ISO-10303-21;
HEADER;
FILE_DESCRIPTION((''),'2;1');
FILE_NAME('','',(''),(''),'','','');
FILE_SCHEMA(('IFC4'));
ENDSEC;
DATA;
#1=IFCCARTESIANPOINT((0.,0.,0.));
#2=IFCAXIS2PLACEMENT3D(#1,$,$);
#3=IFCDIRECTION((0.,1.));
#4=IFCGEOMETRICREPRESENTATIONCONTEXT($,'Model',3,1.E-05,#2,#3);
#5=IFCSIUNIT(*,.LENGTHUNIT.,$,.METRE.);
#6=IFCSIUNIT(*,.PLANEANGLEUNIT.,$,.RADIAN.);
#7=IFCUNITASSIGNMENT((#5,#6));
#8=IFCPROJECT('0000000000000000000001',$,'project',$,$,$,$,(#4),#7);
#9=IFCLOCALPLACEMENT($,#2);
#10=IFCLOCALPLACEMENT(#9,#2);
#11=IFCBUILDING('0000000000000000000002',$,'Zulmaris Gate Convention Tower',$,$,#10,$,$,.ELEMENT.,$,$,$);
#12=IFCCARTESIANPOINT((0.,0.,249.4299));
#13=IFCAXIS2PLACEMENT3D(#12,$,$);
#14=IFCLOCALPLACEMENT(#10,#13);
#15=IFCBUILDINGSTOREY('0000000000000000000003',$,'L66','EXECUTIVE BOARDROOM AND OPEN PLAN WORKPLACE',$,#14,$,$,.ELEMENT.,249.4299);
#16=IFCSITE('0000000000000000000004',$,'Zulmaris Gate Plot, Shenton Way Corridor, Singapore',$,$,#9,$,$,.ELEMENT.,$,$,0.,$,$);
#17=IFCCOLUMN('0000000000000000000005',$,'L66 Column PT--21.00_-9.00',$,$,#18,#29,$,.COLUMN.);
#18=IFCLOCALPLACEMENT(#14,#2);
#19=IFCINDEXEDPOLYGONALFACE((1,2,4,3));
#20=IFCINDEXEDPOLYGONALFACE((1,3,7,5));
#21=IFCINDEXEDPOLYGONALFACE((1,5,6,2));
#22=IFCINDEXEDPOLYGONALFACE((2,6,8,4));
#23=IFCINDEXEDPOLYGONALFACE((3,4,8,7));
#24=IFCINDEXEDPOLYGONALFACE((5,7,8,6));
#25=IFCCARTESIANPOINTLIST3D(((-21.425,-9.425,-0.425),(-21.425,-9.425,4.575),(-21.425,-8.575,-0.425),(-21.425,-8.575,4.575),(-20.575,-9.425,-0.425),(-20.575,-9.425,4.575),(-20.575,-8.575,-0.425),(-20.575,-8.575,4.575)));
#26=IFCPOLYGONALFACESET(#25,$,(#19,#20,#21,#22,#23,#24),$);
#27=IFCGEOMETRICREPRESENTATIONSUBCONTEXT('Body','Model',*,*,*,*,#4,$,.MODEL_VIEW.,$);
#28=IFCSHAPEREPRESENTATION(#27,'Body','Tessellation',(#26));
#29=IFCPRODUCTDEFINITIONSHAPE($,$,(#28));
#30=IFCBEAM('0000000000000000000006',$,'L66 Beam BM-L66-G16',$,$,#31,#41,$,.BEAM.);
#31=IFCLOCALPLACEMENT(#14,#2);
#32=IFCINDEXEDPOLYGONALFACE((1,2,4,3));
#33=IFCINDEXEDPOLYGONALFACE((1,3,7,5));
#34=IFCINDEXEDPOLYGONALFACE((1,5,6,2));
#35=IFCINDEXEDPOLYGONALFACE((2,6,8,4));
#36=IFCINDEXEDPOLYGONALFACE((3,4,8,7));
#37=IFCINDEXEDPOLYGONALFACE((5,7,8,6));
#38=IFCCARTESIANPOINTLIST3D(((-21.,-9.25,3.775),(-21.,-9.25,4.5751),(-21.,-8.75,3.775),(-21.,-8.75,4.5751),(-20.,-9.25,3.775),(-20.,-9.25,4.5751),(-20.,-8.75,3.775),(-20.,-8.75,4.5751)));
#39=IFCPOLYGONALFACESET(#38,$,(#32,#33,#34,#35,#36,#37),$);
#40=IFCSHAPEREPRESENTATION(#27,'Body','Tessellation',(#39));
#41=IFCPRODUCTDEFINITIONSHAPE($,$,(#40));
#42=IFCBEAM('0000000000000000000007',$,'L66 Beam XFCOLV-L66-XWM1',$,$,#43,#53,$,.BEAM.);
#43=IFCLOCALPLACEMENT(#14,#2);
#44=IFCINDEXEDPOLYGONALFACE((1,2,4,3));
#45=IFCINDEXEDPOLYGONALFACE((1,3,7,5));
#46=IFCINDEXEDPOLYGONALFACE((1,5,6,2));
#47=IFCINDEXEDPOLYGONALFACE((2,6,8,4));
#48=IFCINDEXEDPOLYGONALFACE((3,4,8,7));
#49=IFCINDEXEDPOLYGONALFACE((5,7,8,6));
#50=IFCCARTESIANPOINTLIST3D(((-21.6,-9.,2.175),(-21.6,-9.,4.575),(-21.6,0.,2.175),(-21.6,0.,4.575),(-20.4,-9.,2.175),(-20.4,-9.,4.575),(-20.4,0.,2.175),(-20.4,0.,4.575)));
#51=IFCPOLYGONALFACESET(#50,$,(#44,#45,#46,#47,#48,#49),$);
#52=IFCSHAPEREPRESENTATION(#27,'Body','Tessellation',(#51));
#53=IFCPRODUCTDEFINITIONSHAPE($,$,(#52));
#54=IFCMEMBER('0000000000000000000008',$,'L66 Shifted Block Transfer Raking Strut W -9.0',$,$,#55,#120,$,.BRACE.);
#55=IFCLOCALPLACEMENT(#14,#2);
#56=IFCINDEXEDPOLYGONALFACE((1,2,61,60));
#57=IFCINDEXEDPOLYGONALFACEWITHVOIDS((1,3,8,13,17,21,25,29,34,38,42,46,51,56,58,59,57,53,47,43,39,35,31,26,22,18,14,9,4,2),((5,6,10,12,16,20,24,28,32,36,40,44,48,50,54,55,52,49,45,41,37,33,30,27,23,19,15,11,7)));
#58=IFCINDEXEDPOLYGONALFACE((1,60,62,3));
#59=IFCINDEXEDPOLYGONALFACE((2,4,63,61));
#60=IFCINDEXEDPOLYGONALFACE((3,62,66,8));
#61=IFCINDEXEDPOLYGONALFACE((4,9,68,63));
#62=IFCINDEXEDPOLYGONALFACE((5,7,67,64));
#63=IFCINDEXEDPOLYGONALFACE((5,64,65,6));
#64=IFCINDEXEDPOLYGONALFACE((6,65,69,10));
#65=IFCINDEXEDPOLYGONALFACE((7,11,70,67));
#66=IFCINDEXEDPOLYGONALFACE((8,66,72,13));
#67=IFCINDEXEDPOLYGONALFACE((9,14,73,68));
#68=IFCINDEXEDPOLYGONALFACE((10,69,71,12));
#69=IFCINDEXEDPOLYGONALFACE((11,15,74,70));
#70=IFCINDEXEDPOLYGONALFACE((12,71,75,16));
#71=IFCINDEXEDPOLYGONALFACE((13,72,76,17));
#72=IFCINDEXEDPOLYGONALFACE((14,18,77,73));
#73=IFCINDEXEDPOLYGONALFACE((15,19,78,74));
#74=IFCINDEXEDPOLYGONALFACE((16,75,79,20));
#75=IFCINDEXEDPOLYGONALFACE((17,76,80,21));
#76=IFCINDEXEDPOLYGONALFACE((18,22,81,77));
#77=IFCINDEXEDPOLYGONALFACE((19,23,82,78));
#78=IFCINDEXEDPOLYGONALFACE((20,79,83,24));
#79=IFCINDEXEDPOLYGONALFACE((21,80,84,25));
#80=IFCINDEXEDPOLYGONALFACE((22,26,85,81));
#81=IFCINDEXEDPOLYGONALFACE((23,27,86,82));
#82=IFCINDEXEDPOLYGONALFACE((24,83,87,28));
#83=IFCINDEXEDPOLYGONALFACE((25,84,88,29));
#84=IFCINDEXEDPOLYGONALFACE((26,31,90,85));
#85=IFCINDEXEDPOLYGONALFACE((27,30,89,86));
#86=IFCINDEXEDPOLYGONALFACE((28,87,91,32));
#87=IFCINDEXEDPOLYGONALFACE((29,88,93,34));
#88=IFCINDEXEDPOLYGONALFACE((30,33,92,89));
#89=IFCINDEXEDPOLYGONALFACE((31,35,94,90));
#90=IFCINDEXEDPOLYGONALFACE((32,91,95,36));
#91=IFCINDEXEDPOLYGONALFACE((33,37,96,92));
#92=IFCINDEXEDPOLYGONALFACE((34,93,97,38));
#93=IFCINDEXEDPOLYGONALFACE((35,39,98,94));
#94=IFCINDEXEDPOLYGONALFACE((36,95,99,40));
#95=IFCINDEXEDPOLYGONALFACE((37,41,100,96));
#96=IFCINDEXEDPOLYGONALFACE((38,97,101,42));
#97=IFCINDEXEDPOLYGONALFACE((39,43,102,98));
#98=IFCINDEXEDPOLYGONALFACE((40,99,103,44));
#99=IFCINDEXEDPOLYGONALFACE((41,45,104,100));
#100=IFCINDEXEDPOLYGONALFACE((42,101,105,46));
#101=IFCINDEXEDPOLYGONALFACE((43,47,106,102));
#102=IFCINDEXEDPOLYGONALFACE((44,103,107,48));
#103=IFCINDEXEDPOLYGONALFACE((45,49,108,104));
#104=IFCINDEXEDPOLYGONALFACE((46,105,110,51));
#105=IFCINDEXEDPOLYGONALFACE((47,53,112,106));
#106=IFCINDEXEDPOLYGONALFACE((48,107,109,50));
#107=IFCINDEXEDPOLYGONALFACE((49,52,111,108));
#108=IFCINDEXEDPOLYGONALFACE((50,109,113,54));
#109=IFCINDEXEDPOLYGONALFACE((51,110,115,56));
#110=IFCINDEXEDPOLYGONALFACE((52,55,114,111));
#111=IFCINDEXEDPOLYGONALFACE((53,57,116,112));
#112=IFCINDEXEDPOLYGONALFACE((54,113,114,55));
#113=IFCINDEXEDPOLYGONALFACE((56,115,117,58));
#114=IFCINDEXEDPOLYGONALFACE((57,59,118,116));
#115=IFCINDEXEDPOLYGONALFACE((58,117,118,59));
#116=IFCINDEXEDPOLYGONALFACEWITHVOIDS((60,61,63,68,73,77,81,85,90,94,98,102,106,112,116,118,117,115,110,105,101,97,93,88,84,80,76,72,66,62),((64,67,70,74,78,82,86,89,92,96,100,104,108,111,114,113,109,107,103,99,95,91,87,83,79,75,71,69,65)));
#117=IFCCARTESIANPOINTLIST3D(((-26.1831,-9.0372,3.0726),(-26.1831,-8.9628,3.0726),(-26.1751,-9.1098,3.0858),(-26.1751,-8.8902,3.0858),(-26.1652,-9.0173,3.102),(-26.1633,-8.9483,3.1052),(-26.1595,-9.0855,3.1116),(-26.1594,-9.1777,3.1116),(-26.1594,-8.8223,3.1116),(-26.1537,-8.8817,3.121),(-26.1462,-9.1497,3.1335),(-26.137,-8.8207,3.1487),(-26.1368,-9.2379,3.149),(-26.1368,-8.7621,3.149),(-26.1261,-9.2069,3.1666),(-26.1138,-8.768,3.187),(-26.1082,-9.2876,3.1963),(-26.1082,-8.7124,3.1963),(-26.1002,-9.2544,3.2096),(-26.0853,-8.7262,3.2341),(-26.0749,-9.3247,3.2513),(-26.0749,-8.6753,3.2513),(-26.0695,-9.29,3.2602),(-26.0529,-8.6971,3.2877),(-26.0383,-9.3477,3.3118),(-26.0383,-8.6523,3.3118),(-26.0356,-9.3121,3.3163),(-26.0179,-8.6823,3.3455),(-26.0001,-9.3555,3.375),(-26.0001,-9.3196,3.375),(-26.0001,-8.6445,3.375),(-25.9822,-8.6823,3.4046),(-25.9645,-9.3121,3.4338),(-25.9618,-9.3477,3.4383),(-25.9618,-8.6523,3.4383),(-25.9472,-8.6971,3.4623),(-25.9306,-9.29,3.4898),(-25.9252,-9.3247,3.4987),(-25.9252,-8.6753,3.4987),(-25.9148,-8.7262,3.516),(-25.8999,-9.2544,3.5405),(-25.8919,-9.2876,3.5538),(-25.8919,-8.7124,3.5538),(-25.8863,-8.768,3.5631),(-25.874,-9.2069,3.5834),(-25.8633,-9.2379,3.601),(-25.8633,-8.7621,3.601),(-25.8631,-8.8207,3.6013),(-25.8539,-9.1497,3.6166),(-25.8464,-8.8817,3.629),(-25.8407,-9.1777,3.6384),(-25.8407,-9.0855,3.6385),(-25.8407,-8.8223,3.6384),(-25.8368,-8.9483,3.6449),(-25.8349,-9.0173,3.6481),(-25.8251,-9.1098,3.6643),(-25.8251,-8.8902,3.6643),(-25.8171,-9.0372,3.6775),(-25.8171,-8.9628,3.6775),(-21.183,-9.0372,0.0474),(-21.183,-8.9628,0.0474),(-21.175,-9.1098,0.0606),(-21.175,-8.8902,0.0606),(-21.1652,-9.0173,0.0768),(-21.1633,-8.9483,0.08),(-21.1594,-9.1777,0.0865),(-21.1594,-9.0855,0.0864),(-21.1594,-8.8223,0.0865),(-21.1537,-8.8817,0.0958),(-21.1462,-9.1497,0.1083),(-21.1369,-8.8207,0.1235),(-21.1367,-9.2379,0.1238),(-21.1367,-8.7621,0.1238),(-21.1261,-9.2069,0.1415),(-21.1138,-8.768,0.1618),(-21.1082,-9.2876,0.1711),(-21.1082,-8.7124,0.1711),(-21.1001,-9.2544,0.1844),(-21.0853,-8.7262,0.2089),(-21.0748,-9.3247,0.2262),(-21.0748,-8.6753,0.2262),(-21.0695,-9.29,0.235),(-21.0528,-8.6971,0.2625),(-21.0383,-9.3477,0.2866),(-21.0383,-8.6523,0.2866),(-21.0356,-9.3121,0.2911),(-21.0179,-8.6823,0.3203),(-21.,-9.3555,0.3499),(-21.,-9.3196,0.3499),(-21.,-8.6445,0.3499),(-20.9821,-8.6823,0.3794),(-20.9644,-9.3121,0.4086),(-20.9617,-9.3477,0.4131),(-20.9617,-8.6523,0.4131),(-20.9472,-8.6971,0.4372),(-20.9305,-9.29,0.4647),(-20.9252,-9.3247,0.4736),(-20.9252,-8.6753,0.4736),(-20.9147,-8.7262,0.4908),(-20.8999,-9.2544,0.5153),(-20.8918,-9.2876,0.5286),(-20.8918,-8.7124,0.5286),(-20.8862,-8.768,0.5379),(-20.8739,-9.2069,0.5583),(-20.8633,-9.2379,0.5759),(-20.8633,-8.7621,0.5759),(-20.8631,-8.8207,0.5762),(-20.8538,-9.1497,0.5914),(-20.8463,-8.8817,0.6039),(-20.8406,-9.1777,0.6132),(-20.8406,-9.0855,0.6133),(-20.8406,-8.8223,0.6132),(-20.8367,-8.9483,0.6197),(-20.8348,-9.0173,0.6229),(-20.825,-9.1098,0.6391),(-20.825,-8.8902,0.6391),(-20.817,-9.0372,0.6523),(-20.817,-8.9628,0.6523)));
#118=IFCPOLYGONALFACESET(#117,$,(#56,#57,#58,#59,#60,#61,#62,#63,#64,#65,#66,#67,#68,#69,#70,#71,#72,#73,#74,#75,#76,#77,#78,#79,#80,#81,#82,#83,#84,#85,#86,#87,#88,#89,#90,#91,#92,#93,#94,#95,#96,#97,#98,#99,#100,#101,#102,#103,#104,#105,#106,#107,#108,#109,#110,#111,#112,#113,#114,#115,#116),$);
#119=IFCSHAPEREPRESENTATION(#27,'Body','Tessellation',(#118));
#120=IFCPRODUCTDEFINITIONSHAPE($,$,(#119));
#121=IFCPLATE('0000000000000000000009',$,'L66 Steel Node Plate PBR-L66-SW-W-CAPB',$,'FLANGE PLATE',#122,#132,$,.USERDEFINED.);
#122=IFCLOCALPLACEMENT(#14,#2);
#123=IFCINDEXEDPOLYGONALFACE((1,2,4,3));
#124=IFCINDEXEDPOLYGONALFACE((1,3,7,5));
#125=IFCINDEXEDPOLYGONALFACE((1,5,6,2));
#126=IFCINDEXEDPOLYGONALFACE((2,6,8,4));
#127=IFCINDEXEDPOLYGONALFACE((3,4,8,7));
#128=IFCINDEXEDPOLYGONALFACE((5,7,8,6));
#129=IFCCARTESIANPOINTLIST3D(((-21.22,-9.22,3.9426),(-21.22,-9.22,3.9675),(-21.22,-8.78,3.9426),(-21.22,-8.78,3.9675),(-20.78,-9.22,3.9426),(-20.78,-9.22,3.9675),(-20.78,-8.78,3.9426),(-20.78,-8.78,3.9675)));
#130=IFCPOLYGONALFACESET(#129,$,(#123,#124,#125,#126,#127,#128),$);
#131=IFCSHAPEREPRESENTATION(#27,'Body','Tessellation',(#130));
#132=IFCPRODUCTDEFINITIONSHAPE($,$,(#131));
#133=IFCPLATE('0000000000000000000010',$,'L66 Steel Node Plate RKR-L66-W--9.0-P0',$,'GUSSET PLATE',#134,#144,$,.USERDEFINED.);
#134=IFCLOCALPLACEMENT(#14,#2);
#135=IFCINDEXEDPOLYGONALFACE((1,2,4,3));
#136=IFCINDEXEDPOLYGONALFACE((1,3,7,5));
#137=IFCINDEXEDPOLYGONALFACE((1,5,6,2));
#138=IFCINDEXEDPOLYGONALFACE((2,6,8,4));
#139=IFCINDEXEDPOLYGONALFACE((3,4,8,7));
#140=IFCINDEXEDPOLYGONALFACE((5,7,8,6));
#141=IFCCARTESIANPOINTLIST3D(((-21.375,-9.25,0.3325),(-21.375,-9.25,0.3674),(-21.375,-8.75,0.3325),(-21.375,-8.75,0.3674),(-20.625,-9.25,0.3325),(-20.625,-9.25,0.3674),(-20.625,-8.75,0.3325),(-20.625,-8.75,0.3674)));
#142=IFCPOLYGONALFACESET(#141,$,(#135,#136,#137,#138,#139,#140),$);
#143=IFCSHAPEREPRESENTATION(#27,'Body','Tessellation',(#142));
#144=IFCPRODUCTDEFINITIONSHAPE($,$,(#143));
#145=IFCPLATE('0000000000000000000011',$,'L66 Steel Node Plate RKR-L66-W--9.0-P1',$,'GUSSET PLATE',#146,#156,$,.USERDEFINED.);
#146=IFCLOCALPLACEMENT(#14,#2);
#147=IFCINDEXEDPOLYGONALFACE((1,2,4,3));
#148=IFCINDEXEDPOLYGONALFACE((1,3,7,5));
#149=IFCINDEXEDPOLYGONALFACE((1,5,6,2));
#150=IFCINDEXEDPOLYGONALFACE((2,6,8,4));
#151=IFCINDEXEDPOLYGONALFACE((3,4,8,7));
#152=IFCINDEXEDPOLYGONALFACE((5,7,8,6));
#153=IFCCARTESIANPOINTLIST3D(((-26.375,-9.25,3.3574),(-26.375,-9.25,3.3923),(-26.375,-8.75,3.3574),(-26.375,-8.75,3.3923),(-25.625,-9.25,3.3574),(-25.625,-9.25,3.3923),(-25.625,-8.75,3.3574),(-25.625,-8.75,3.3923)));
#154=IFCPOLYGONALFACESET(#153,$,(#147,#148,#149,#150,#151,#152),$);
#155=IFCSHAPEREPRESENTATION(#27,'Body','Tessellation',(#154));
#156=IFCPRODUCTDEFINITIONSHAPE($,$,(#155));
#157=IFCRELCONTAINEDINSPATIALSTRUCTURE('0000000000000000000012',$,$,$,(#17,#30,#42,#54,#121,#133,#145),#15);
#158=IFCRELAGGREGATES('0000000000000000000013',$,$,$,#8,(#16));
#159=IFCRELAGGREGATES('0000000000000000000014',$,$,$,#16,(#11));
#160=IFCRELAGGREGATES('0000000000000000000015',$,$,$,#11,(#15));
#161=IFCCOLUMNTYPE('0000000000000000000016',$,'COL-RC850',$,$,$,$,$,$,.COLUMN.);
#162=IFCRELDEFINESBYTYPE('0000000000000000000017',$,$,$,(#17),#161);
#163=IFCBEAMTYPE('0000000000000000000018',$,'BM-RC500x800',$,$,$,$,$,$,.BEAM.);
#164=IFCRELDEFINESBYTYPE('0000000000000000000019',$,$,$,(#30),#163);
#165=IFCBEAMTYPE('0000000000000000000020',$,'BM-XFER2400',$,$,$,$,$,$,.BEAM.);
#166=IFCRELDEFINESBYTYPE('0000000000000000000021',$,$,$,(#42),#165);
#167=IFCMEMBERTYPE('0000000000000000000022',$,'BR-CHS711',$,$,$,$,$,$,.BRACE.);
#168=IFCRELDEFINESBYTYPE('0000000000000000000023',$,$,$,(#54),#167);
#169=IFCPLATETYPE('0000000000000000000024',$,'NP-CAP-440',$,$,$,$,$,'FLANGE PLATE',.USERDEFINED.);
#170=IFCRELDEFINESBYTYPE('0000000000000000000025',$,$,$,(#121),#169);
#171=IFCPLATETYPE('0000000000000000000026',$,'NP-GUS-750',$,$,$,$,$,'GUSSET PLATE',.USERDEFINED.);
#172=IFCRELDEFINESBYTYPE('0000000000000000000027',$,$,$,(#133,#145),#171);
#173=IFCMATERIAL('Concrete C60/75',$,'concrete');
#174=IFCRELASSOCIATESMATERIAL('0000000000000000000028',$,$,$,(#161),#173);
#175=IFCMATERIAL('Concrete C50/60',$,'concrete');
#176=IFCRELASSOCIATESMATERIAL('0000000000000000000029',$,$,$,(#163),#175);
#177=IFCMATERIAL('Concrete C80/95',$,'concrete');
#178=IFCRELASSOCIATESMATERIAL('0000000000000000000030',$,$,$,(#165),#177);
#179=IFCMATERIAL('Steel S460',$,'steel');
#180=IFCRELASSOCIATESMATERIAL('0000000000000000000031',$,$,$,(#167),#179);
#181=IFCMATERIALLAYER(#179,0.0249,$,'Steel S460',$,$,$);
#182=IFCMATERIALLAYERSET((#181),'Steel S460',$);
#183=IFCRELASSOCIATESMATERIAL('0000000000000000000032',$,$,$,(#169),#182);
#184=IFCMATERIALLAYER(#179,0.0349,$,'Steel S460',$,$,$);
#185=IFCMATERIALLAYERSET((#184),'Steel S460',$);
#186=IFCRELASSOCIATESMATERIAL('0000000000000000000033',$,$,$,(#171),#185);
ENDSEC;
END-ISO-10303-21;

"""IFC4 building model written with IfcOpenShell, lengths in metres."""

from ifc_helpers import new_model, si_unit, direction, frame, origin, origin_2d, place, context, subcontext, project, spatial, rectangle, hollow_circle, extrude, material, layer, layer_set, material_profile, profile_set, type_object, element, save


model = new_model("IFC4")

# Units and contexts
model_context = context("Model", 3, precision=1e-05, world=origin(), true_north=direction((0.0, 1.0)))
body_context = subcontext(model_context, "Body", "Model", "MODEL_VIEW")
ifc_project = project(units=[si_unit("LENGTHUNIT", "METRE"), si_unit("PLANEANGLEUNIT", "RADIAN")], contexts=[model_context])

# Site, building, storey
site_placement = place(None, origin())
site = spatial("IfcSite", under=ifc_project, at=site_placement, Name="Zulmaris Gate Plot, Shenton Way Corridor, Singapore", CompositionType="ELEMENT", RefElevation=0.0)
building_placement = place(site_placement, origin())
building = spatial("IfcBuilding", under=site, at=building_placement, Name="Zulmaris Gate Convention Tower", CompositionType="ELEMENT")
storey_placement = place(building_placement, frame((0.0, 0.0, 249.4299)))
storey = spatial("IfcBuildingStorey", under=building, at=storey_placement, Name="L66", Description="EXECUTIVE BOARDROOM AND OPEN PLAN WORKPLACE", CompositionType="ELEMENT", Elevation=249.4299)

# Column
ifc_material_1 = material(Name="Concrete C60/75", Category="concrete")
ifc_material_profile_1 = material_profile(ifc_material_1, rectangle(XDim=0.8501, YDim=0.8501, at=origin_2d()), Name="RC COL 850x850")
ifc_profile_set_1 = profile_set([ifc_material_profile_1], Name="Concrete C60/75")
column_type = type_object("IfcColumnType", Name="COL-RC850", PredefinedType="COLUMN", material=ifc_profile_set_1)
column_placement = place(storey_placement, frame((-21.0, -9.0, -0.425), z_axis=(0.0, 0.0, 1.0), x_axis=(1.0, 0.0, 0.0)))
element("IfcColumn", 1, at=column_placement, inside=storey, type_object=column_type, Name="L66 Column PT--21.00_-9.00", PredefinedType="COLUMN", context=body_context, shape_type="SweptSolid", body=[
    extrude(rectangle(XDim=0.8501, YDim=0.8501, at=origin_2d()), origin(), (0.0, 0.0, 1.0), 5.0),
])

# Beams
ifc_material_2 = material(Name="Concrete C50/60", Category="concrete")
ifc_material_profile_2 = material_profile(ifc_material_2, rectangle(XDim=0.5, YDim=0.8, at=origin_2d()), Name="RC BEAM 500x800")
ifc_profile_set_2 = profile_set([ifc_material_profile_2], Name="Concrete C50/60")
beam_type_1 = type_object("IfcBeamType", Name="BM-RC500x800", PredefinedType="BEAM", material=ifc_profile_set_2)
beam_1_placement = place(storey_placement, frame((-21.0, -9.0, 4.175), z_axis=(1.0, 0.0, 0.0), x_axis=(0.0, 1.0, 0.0)))
element("IfcBeam", 2, at=beam_1_placement, inside=storey, type_object=beam_type_1, Name="L66 Beam BM-L66-G16", PredefinedType="BEAM", context=body_context, shape_type="SweptSolid", body=[
    extrude(rectangle(XDim=0.5, YDim=0.8, at=origin_2d()), origin(), (0.0, 0.0, 1.0), 1.0),
])
ifc_material_3 = material(Name="Concrete C80/95", Category="concrete")
ifc_material_profile_3 = material_profile(ifc_material_3, rectangle(XDim=1.2, YDim=2.3999, at=origin_2d()), Name="RC TRANSFER 1200x2400")
ifc_profile_set_3 = profile_set([ifc_material_profile_3], Name="Concrete C80/95")
beam_type_2 = type_object("IfcBeamType", Name="BM-XFER2400", PredefinedType="BEAM", material=ifc_profile_set_3)
beam_2_placement = place(storey_placement, frame((-21.0, -9.0, 3.375), z_axis=(0.0, 1.0, 0.0), x_axis=(-1.0, 0.0, 0.0)))
element("IfcBeam", 3, at=beam_2_placement, inside=storey, type_object=beam_type_2, Name="L66 Beam XFCOLV-L66-XWM1", PredefinedType="BEAM", context=body_context, shape_type="SweptSolid", body=[
    extrude(rectangle(XDim=1.2, YDim=2.3999, at=origin_2d()), origin(), (0.0, 0.0, 1.0), 9.0),
])

# Member
ifc_material_4 = material(Name="Steel S460", Category="steel")
ifc_material_profile_4 = material_profile(ifc_material_4, hollow_circle(Radius=0.3555, WallThickness=0.0359, at=origin_2d()), Name="CHS 711x36")
ifc_profile_set_4 = profile_set([ifc_material_profile_4], Name="Steel S460")
member_type = type_object("IfcMemberType", Name="BR-CHS711", PredefinedType="BRACE", material=ifc_profile_set_4)
member_placement = place(storey_placement, frame((-21.0, -9.0, 0.3499), z_axis=(-0.855589, 0.0, 0.517656), x_axis=(0.0, -1.0, 0.0)))
element("IfcMember", 4, at=member_placement, inside=storey, type_object=member_type, Name="L66 Shifted Block Transfer Raking Strut W -9.0", PredefinedType="BRACE", context=body_context, shape_type="SweptSolid", body=[
    extrude(hollow_circle(Radius=0.3555, WallThickness=0.0359, at=origin_2d()), origin(), (0.0, 0.0, 1.0), 5.844),
])

# Plates
ifc_layer_1 = layer(ifc_material_4, 0.0249, Name="Steel S460")
ifc_layer_set_1 = layer_set([ifc_layer_1], Name="Steel S460")
plate_type_1 = type_object("IfcPlateType", Name="NP-CAP-440", ElementType="FLANGE PLATE", PredefinedType="USERDEFINED", material=ifc_layer_set_1)
plate_placement = place(storey_placement, frame((-21.0, -9.0, 3.9426), z_axis=(0.0, 0.0, 1.0), x_axis=(1.0, 0.0, 0.0)))
element("IfcPlate", 5, at=plate_placement, inside=storey, type_object=plate_type_1, Name="L66 Steel Node Plate PBR-L66-SW-W-CAPB", ObjectType="FLANGE PLATE", PredefinedType="USERDEFINED", context=body_context, shape_type="SweptSolid", body=[
    extrude(rectangle(XDim=0.4399, YDim=0.4399, at=origin_2d()), origin(), (0.0, 0.0, 1.0), 0.0249),
])
ifc_layer_2 = layer(ifc_material_4, 0.0349, Name="Steel S460")
ifc_layer_set_2 = layer_set([ifc_layer_2], Name="Steel S460")
plate_type_2 = type_object("IfcPlateType", Name="NP-GUS-750", ElementType="GUSSET PLATE", PredefinedType="USERDEFINED", material=ifc_layer_set_2)
for number, where, z_axis, x_axis, name in (
    (6, (-21.0, -9.0, 0.3325), (0.0, 0.0, 1.0), (1.0, 0.0, 0.0), "L66 Steel Node Plate RKR-L66-W--9.0-P0"),
    (7, (-26.0, -9.0, 3.3574), (0.0, 0.0, 1.0), (1.0, 0.0, 0.0), "L66 Steel Node Plate RKR-L66-W--9.0-P1"),
):
    element("IfcPlate", number, at=place(storey_placement, frame(where, z_axis=z_axis, x_axis=x_axis)), inside=storey, type_object=plate_type_2, Name=name, ObjectType="GUSSET PLATE", PredefinedType="USERDEFINED", context=body_context, shape_type="SweptSolid", body=[
        extrude(rectangle(XDim=0.75, YDim=0.5, at=origin_2d()), origin(), (0.0, 0.0, 1.0), 0.0349),
    ])

save(model, "model.ifc")
